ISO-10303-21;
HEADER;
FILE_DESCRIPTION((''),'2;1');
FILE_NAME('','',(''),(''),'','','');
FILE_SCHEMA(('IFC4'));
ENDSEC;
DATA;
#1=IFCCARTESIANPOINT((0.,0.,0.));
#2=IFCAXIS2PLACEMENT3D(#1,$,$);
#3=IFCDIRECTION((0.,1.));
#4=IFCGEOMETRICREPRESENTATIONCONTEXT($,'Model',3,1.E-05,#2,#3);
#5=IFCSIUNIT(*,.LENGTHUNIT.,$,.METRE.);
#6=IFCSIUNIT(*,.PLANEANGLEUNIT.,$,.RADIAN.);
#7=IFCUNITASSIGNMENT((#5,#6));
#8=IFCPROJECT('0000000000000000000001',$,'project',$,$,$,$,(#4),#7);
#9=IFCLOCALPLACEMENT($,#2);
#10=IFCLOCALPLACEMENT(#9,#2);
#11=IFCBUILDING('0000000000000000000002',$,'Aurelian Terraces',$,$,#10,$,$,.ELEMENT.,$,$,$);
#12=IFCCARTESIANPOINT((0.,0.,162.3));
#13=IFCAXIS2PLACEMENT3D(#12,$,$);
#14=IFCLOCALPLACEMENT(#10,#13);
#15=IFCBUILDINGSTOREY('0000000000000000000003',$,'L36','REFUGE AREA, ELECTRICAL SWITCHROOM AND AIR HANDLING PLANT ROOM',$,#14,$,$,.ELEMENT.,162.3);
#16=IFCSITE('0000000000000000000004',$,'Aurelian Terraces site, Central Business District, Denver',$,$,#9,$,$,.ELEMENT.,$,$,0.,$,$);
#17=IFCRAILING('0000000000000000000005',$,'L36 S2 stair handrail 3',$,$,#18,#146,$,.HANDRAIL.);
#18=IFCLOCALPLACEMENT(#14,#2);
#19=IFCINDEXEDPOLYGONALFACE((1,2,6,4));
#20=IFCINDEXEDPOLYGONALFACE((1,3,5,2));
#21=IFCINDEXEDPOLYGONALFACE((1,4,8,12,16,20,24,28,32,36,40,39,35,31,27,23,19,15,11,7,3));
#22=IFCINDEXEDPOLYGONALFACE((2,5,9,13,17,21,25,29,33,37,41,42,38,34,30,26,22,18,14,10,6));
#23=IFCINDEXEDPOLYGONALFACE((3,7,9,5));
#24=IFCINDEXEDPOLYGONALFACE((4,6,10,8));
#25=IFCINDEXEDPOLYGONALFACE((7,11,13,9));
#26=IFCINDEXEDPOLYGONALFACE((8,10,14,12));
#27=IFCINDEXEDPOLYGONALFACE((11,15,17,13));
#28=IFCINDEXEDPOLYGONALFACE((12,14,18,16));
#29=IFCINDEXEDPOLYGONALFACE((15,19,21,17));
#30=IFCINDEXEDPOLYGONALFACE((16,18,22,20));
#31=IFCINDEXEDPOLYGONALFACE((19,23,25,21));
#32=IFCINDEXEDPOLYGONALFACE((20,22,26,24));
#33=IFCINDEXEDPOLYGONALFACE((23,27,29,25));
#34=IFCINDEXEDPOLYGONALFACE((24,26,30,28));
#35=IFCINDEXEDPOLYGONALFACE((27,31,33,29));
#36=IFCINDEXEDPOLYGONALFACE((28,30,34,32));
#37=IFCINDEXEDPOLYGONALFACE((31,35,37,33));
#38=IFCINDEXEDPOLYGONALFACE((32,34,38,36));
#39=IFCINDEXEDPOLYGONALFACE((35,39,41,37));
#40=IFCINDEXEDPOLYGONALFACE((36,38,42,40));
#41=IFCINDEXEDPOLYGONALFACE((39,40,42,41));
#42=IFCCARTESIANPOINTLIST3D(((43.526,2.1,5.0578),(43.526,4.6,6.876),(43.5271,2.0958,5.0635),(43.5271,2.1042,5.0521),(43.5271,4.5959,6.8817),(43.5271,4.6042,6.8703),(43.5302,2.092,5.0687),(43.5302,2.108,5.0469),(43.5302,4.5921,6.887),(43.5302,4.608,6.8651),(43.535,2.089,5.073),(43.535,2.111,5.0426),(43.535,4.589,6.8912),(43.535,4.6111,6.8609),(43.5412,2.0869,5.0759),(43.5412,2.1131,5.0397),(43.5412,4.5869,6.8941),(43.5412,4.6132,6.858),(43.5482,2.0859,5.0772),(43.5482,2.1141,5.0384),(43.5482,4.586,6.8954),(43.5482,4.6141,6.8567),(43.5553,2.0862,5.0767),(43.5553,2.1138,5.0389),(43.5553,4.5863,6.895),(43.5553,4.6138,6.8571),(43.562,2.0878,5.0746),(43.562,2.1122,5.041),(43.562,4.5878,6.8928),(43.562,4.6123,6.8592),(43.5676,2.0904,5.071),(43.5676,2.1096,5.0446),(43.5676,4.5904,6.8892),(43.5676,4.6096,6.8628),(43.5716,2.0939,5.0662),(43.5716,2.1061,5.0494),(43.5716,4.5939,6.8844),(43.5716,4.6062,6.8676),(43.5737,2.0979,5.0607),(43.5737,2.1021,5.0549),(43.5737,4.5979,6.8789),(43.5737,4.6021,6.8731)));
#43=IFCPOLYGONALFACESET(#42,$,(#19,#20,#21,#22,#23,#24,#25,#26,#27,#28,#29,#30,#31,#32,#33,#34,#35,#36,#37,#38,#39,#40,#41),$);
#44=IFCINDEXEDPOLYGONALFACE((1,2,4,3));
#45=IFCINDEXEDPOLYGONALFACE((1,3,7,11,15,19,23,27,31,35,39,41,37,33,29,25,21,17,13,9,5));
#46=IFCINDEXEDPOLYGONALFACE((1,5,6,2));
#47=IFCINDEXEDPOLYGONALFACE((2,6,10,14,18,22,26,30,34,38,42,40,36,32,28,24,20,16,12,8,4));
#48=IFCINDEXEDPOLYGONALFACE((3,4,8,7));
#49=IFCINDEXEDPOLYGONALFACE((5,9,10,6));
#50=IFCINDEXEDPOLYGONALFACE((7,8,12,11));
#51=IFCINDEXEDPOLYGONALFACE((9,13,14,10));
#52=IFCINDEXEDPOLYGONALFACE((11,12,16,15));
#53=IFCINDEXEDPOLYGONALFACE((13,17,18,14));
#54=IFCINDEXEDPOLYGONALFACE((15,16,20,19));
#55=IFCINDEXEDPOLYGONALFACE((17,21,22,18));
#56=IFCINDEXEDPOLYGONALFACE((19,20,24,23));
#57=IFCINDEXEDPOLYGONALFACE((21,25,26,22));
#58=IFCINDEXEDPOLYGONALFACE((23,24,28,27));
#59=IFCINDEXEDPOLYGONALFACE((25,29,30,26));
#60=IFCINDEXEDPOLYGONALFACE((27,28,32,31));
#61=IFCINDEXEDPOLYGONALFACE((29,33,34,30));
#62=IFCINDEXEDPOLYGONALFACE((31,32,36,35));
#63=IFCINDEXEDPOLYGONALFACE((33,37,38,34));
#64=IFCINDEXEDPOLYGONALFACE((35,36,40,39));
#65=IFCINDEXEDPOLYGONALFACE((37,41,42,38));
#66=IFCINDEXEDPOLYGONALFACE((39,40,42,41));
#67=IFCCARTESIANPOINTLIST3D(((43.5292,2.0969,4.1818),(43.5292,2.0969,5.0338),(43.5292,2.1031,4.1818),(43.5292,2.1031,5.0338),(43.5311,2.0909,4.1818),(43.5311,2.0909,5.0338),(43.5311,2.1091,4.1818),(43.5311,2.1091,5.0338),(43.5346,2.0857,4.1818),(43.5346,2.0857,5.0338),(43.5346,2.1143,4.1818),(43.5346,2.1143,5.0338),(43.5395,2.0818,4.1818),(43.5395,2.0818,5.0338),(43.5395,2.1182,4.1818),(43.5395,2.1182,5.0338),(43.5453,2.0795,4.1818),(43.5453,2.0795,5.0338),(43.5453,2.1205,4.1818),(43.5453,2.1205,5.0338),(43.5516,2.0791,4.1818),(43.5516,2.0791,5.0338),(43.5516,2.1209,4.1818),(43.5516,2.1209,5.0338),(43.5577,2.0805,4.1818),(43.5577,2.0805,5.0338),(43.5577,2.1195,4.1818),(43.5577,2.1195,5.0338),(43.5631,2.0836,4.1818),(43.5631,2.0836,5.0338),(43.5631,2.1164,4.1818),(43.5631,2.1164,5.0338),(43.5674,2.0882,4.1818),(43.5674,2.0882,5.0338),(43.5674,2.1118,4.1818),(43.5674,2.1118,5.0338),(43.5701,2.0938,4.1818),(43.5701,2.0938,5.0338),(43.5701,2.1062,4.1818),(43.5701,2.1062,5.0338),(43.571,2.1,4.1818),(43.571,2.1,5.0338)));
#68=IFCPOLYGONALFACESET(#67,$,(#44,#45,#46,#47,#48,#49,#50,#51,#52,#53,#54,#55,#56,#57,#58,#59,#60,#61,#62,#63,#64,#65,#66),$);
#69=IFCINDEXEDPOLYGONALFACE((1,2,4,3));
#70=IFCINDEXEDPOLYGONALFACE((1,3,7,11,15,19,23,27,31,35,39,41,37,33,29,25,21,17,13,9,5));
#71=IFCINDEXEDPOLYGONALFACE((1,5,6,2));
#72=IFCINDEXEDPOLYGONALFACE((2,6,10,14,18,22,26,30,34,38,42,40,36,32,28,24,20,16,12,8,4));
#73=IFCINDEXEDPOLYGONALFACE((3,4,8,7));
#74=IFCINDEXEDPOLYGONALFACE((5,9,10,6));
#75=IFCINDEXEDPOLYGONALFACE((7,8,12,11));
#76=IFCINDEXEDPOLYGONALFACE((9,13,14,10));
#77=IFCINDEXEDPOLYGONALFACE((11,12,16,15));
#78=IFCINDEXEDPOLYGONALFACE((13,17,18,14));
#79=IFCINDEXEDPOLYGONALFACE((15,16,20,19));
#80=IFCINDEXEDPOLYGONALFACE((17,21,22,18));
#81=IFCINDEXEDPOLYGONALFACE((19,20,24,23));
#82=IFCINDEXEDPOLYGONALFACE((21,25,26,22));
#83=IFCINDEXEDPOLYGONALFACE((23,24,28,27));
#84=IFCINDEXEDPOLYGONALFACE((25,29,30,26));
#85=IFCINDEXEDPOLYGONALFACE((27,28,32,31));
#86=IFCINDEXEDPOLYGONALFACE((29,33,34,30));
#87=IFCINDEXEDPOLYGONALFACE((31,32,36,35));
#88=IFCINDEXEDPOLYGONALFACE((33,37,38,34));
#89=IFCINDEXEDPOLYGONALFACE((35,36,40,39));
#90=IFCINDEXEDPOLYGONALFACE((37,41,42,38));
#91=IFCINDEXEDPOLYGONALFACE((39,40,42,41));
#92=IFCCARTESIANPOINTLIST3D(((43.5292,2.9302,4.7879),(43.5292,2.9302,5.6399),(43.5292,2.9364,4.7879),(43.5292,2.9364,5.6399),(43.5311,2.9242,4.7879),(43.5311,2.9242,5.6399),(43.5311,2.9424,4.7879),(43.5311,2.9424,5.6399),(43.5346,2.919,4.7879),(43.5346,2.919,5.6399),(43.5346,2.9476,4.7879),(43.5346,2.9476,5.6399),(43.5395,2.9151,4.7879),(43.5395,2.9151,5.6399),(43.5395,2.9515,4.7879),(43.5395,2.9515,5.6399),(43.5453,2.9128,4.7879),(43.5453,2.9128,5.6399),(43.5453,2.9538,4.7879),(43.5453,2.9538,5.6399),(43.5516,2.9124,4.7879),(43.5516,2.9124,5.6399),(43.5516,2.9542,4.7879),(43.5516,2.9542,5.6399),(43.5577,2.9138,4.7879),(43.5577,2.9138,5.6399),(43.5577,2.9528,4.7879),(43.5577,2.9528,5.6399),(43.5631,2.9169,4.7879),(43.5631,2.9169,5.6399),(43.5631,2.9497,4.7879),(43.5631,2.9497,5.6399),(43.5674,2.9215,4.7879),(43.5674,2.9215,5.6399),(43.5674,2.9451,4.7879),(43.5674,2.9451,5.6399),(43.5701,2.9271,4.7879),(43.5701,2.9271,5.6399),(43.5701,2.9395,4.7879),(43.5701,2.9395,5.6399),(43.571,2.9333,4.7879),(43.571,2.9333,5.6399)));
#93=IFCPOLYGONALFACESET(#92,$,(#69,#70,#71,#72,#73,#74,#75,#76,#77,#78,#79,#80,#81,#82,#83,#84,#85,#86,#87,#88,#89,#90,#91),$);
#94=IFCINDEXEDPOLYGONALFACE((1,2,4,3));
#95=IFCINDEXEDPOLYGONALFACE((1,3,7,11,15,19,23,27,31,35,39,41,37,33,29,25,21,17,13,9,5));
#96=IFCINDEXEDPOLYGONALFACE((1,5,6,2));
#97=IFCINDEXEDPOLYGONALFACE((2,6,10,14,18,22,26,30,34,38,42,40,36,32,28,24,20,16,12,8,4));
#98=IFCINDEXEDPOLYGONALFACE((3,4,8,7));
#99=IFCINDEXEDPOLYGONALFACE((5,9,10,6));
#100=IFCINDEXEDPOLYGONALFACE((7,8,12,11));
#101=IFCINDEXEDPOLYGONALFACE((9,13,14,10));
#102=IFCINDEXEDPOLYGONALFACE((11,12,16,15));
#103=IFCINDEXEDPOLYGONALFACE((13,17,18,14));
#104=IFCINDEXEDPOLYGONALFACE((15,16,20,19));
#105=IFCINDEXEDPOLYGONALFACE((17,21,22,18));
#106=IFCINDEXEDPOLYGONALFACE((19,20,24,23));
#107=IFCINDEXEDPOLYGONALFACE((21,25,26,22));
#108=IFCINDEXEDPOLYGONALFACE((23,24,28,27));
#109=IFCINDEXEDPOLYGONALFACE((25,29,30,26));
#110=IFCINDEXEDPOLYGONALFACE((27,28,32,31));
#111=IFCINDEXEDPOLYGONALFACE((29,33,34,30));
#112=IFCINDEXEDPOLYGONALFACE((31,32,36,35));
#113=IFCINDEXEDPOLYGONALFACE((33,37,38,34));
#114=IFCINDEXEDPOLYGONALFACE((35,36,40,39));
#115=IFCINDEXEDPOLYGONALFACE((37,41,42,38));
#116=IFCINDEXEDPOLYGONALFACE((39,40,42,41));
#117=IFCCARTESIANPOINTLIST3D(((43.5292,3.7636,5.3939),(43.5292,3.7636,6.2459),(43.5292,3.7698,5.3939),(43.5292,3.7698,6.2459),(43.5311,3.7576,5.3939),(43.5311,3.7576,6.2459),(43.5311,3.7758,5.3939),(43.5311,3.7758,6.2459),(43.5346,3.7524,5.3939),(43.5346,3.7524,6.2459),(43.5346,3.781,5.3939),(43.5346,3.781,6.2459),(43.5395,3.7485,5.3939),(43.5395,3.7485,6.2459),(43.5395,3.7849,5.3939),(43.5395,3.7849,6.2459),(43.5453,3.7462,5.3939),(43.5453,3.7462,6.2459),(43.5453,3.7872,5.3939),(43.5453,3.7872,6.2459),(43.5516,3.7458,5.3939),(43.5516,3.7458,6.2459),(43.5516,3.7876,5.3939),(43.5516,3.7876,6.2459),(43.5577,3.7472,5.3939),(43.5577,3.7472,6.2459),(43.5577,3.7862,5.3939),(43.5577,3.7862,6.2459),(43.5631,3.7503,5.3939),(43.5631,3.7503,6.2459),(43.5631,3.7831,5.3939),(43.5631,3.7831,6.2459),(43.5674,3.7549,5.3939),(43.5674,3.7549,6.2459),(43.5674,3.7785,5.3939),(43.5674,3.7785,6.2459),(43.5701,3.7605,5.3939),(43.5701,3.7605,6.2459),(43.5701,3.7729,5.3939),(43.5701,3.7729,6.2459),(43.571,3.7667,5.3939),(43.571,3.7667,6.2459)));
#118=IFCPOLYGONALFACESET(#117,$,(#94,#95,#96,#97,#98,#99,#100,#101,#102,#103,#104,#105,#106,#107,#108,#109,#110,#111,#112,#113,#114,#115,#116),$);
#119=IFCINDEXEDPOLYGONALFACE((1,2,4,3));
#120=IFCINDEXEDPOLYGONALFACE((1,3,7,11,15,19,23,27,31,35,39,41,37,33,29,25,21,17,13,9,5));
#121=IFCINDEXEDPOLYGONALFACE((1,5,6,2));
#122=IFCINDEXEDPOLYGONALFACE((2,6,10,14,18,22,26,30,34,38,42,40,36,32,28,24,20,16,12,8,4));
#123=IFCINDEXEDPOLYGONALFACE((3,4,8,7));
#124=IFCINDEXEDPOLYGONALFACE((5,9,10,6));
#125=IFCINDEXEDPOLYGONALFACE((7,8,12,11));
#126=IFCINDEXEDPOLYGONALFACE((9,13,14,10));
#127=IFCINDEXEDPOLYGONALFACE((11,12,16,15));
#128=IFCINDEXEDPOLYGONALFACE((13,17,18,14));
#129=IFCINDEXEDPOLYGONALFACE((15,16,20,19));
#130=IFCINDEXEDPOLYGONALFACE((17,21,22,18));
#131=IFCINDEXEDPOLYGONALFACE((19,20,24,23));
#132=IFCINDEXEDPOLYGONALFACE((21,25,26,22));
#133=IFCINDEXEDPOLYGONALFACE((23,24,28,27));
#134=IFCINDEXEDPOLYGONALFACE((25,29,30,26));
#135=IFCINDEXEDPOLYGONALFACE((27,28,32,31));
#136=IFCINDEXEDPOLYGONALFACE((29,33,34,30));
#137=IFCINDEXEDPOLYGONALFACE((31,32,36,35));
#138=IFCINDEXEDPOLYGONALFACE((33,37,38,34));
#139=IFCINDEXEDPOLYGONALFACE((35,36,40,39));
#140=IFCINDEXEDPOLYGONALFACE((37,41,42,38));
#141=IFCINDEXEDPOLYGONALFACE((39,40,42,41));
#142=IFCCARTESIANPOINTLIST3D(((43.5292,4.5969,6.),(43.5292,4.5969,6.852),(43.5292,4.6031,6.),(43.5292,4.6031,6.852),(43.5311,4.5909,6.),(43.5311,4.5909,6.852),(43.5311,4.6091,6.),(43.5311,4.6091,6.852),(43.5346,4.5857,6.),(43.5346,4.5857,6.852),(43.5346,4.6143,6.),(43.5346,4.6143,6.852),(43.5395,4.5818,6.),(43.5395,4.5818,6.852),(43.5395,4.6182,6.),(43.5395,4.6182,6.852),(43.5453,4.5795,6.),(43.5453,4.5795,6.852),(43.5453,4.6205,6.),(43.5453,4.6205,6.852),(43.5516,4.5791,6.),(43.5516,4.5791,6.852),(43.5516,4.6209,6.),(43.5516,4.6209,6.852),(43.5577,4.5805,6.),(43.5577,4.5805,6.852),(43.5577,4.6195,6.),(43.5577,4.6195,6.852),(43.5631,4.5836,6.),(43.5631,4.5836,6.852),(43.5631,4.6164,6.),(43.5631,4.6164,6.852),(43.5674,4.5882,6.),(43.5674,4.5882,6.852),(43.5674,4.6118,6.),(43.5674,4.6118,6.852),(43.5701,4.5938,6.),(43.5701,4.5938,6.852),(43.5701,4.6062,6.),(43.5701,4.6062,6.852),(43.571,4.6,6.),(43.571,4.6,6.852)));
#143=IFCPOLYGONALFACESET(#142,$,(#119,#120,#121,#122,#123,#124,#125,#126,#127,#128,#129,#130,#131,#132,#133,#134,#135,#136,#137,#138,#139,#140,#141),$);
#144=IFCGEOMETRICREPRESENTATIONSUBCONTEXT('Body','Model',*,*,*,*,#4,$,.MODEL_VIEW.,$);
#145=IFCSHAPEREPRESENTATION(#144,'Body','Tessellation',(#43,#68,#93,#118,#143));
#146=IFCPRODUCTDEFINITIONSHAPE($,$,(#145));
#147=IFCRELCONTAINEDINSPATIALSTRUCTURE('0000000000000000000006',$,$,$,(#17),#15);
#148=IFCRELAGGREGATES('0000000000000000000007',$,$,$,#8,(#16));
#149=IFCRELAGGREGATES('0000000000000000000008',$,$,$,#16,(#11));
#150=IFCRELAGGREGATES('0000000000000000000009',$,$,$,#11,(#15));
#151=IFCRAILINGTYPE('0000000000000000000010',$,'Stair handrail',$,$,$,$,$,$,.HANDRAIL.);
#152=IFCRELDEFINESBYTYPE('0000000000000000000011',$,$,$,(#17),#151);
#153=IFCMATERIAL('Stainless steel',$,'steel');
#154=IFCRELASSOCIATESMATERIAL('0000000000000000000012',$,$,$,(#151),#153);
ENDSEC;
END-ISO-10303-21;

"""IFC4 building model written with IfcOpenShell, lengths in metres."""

from ifc_helpers import new_model, si_unit, direction, frame, origin, origin_2d, place, context, subcontext, project, spatial, circle, extrude, source, transform, mapped, material, type_object, element, save


model = new_model("IFC4")

# Units and contexts
model_context = context("Model", 3, precision=1e-05, world=origin(), true_north=direction((0.0, 1.0)))
body_context = subcontext(model_context, "Body", "Model", "MODEL_VIEW")
ifc_project = project(units=[si_unit("LENGTHUNIT", "METRE"), si_unit("PLANEANGLEUNIT", "RADIAN")], contexts=[model_context])

# Site, building, storey
site_placement = place(None, origin())
site = spatial("IfcSite", under=ifc_project, at=site_placement, Name="Aurelian Terraces site, Central Business District, Denver", CompositionType="ELEMENT", RefElevation=0.0)
building_placement = place(site_placement, origin())
building = spatial("IfcBuilding", under=site, at=building_placement, Name="Aurelian Terraces", CompositionType="ELEMENT")
storey_placement = place(building_placement, frame((0.0, 0.0, 162.3)))
storey = spatial("IfcBuildingStorey", under=building, at=storey_placement, Name="L36", Description="REFUGE AREA, ELECTRICAL SWITCHROOM AND AIR HANDLING PLANT ROOM", CompositionType="ELEMENT", Elevation=162.3)

# Railing
ifc_material_1 = material(Name="Stainless steel", Category="steel")
railing_type_1 = type_object("IfcRailingType", Name="Stair handrail", PredefinedType="HANDRAIL", material=ifc_material_1)
shared_shape_1 = source(origin(), body_context, "Body", "SweptSolid", [
    extrude(circle(Radius=0.024, at=origin_2d()), frame((0.0, 0.0, 0.876), z_axis=(0.0, 0.808733, 0.588176), x_axis=(-1.0, 0.0, 0.0)), (0.0, 0.0, 1.0), 3.0913),
    extrude(circle(Radius=0.021, at=origin_2d()), origin(), (0.0, 0.0, 1.0), 0.852),
    extrude(circle(Radius=0.021, at=origin_2d()), frame((0.0, 0.8333, 0.6061)), (0.0, 0.0, 1.0), 0.852),
    extrude(circle(Radius=0.021, at=origin_2d()), frame((0.0, 1.6667, 1.2121)), (0.0, 0.0, 1.0), 0.852),
    extrude(circle(Radius=0.021, at=origin_2d()), frame((0.0, 2.5, 1.8182)), (0.0, 0.0, 1.0), 0.852),
])
railing_1_placement = place(storey_placement, frame((43.55, 2.1, 4.1818)))
element("IfcRailing", 1, at=railing_1_placement, inside=storey, type_object=railing_type_1, Name="L36 S2 stair handrail 3", PredefinedType="HANDRAIL", context=body_context, shape_type="MappedRepresentation", body=[
    mapped(shared_shape_1, transform((0.0, 0.0, 0.0), scale=1.0)),
])

save(model, "model.ifc")
